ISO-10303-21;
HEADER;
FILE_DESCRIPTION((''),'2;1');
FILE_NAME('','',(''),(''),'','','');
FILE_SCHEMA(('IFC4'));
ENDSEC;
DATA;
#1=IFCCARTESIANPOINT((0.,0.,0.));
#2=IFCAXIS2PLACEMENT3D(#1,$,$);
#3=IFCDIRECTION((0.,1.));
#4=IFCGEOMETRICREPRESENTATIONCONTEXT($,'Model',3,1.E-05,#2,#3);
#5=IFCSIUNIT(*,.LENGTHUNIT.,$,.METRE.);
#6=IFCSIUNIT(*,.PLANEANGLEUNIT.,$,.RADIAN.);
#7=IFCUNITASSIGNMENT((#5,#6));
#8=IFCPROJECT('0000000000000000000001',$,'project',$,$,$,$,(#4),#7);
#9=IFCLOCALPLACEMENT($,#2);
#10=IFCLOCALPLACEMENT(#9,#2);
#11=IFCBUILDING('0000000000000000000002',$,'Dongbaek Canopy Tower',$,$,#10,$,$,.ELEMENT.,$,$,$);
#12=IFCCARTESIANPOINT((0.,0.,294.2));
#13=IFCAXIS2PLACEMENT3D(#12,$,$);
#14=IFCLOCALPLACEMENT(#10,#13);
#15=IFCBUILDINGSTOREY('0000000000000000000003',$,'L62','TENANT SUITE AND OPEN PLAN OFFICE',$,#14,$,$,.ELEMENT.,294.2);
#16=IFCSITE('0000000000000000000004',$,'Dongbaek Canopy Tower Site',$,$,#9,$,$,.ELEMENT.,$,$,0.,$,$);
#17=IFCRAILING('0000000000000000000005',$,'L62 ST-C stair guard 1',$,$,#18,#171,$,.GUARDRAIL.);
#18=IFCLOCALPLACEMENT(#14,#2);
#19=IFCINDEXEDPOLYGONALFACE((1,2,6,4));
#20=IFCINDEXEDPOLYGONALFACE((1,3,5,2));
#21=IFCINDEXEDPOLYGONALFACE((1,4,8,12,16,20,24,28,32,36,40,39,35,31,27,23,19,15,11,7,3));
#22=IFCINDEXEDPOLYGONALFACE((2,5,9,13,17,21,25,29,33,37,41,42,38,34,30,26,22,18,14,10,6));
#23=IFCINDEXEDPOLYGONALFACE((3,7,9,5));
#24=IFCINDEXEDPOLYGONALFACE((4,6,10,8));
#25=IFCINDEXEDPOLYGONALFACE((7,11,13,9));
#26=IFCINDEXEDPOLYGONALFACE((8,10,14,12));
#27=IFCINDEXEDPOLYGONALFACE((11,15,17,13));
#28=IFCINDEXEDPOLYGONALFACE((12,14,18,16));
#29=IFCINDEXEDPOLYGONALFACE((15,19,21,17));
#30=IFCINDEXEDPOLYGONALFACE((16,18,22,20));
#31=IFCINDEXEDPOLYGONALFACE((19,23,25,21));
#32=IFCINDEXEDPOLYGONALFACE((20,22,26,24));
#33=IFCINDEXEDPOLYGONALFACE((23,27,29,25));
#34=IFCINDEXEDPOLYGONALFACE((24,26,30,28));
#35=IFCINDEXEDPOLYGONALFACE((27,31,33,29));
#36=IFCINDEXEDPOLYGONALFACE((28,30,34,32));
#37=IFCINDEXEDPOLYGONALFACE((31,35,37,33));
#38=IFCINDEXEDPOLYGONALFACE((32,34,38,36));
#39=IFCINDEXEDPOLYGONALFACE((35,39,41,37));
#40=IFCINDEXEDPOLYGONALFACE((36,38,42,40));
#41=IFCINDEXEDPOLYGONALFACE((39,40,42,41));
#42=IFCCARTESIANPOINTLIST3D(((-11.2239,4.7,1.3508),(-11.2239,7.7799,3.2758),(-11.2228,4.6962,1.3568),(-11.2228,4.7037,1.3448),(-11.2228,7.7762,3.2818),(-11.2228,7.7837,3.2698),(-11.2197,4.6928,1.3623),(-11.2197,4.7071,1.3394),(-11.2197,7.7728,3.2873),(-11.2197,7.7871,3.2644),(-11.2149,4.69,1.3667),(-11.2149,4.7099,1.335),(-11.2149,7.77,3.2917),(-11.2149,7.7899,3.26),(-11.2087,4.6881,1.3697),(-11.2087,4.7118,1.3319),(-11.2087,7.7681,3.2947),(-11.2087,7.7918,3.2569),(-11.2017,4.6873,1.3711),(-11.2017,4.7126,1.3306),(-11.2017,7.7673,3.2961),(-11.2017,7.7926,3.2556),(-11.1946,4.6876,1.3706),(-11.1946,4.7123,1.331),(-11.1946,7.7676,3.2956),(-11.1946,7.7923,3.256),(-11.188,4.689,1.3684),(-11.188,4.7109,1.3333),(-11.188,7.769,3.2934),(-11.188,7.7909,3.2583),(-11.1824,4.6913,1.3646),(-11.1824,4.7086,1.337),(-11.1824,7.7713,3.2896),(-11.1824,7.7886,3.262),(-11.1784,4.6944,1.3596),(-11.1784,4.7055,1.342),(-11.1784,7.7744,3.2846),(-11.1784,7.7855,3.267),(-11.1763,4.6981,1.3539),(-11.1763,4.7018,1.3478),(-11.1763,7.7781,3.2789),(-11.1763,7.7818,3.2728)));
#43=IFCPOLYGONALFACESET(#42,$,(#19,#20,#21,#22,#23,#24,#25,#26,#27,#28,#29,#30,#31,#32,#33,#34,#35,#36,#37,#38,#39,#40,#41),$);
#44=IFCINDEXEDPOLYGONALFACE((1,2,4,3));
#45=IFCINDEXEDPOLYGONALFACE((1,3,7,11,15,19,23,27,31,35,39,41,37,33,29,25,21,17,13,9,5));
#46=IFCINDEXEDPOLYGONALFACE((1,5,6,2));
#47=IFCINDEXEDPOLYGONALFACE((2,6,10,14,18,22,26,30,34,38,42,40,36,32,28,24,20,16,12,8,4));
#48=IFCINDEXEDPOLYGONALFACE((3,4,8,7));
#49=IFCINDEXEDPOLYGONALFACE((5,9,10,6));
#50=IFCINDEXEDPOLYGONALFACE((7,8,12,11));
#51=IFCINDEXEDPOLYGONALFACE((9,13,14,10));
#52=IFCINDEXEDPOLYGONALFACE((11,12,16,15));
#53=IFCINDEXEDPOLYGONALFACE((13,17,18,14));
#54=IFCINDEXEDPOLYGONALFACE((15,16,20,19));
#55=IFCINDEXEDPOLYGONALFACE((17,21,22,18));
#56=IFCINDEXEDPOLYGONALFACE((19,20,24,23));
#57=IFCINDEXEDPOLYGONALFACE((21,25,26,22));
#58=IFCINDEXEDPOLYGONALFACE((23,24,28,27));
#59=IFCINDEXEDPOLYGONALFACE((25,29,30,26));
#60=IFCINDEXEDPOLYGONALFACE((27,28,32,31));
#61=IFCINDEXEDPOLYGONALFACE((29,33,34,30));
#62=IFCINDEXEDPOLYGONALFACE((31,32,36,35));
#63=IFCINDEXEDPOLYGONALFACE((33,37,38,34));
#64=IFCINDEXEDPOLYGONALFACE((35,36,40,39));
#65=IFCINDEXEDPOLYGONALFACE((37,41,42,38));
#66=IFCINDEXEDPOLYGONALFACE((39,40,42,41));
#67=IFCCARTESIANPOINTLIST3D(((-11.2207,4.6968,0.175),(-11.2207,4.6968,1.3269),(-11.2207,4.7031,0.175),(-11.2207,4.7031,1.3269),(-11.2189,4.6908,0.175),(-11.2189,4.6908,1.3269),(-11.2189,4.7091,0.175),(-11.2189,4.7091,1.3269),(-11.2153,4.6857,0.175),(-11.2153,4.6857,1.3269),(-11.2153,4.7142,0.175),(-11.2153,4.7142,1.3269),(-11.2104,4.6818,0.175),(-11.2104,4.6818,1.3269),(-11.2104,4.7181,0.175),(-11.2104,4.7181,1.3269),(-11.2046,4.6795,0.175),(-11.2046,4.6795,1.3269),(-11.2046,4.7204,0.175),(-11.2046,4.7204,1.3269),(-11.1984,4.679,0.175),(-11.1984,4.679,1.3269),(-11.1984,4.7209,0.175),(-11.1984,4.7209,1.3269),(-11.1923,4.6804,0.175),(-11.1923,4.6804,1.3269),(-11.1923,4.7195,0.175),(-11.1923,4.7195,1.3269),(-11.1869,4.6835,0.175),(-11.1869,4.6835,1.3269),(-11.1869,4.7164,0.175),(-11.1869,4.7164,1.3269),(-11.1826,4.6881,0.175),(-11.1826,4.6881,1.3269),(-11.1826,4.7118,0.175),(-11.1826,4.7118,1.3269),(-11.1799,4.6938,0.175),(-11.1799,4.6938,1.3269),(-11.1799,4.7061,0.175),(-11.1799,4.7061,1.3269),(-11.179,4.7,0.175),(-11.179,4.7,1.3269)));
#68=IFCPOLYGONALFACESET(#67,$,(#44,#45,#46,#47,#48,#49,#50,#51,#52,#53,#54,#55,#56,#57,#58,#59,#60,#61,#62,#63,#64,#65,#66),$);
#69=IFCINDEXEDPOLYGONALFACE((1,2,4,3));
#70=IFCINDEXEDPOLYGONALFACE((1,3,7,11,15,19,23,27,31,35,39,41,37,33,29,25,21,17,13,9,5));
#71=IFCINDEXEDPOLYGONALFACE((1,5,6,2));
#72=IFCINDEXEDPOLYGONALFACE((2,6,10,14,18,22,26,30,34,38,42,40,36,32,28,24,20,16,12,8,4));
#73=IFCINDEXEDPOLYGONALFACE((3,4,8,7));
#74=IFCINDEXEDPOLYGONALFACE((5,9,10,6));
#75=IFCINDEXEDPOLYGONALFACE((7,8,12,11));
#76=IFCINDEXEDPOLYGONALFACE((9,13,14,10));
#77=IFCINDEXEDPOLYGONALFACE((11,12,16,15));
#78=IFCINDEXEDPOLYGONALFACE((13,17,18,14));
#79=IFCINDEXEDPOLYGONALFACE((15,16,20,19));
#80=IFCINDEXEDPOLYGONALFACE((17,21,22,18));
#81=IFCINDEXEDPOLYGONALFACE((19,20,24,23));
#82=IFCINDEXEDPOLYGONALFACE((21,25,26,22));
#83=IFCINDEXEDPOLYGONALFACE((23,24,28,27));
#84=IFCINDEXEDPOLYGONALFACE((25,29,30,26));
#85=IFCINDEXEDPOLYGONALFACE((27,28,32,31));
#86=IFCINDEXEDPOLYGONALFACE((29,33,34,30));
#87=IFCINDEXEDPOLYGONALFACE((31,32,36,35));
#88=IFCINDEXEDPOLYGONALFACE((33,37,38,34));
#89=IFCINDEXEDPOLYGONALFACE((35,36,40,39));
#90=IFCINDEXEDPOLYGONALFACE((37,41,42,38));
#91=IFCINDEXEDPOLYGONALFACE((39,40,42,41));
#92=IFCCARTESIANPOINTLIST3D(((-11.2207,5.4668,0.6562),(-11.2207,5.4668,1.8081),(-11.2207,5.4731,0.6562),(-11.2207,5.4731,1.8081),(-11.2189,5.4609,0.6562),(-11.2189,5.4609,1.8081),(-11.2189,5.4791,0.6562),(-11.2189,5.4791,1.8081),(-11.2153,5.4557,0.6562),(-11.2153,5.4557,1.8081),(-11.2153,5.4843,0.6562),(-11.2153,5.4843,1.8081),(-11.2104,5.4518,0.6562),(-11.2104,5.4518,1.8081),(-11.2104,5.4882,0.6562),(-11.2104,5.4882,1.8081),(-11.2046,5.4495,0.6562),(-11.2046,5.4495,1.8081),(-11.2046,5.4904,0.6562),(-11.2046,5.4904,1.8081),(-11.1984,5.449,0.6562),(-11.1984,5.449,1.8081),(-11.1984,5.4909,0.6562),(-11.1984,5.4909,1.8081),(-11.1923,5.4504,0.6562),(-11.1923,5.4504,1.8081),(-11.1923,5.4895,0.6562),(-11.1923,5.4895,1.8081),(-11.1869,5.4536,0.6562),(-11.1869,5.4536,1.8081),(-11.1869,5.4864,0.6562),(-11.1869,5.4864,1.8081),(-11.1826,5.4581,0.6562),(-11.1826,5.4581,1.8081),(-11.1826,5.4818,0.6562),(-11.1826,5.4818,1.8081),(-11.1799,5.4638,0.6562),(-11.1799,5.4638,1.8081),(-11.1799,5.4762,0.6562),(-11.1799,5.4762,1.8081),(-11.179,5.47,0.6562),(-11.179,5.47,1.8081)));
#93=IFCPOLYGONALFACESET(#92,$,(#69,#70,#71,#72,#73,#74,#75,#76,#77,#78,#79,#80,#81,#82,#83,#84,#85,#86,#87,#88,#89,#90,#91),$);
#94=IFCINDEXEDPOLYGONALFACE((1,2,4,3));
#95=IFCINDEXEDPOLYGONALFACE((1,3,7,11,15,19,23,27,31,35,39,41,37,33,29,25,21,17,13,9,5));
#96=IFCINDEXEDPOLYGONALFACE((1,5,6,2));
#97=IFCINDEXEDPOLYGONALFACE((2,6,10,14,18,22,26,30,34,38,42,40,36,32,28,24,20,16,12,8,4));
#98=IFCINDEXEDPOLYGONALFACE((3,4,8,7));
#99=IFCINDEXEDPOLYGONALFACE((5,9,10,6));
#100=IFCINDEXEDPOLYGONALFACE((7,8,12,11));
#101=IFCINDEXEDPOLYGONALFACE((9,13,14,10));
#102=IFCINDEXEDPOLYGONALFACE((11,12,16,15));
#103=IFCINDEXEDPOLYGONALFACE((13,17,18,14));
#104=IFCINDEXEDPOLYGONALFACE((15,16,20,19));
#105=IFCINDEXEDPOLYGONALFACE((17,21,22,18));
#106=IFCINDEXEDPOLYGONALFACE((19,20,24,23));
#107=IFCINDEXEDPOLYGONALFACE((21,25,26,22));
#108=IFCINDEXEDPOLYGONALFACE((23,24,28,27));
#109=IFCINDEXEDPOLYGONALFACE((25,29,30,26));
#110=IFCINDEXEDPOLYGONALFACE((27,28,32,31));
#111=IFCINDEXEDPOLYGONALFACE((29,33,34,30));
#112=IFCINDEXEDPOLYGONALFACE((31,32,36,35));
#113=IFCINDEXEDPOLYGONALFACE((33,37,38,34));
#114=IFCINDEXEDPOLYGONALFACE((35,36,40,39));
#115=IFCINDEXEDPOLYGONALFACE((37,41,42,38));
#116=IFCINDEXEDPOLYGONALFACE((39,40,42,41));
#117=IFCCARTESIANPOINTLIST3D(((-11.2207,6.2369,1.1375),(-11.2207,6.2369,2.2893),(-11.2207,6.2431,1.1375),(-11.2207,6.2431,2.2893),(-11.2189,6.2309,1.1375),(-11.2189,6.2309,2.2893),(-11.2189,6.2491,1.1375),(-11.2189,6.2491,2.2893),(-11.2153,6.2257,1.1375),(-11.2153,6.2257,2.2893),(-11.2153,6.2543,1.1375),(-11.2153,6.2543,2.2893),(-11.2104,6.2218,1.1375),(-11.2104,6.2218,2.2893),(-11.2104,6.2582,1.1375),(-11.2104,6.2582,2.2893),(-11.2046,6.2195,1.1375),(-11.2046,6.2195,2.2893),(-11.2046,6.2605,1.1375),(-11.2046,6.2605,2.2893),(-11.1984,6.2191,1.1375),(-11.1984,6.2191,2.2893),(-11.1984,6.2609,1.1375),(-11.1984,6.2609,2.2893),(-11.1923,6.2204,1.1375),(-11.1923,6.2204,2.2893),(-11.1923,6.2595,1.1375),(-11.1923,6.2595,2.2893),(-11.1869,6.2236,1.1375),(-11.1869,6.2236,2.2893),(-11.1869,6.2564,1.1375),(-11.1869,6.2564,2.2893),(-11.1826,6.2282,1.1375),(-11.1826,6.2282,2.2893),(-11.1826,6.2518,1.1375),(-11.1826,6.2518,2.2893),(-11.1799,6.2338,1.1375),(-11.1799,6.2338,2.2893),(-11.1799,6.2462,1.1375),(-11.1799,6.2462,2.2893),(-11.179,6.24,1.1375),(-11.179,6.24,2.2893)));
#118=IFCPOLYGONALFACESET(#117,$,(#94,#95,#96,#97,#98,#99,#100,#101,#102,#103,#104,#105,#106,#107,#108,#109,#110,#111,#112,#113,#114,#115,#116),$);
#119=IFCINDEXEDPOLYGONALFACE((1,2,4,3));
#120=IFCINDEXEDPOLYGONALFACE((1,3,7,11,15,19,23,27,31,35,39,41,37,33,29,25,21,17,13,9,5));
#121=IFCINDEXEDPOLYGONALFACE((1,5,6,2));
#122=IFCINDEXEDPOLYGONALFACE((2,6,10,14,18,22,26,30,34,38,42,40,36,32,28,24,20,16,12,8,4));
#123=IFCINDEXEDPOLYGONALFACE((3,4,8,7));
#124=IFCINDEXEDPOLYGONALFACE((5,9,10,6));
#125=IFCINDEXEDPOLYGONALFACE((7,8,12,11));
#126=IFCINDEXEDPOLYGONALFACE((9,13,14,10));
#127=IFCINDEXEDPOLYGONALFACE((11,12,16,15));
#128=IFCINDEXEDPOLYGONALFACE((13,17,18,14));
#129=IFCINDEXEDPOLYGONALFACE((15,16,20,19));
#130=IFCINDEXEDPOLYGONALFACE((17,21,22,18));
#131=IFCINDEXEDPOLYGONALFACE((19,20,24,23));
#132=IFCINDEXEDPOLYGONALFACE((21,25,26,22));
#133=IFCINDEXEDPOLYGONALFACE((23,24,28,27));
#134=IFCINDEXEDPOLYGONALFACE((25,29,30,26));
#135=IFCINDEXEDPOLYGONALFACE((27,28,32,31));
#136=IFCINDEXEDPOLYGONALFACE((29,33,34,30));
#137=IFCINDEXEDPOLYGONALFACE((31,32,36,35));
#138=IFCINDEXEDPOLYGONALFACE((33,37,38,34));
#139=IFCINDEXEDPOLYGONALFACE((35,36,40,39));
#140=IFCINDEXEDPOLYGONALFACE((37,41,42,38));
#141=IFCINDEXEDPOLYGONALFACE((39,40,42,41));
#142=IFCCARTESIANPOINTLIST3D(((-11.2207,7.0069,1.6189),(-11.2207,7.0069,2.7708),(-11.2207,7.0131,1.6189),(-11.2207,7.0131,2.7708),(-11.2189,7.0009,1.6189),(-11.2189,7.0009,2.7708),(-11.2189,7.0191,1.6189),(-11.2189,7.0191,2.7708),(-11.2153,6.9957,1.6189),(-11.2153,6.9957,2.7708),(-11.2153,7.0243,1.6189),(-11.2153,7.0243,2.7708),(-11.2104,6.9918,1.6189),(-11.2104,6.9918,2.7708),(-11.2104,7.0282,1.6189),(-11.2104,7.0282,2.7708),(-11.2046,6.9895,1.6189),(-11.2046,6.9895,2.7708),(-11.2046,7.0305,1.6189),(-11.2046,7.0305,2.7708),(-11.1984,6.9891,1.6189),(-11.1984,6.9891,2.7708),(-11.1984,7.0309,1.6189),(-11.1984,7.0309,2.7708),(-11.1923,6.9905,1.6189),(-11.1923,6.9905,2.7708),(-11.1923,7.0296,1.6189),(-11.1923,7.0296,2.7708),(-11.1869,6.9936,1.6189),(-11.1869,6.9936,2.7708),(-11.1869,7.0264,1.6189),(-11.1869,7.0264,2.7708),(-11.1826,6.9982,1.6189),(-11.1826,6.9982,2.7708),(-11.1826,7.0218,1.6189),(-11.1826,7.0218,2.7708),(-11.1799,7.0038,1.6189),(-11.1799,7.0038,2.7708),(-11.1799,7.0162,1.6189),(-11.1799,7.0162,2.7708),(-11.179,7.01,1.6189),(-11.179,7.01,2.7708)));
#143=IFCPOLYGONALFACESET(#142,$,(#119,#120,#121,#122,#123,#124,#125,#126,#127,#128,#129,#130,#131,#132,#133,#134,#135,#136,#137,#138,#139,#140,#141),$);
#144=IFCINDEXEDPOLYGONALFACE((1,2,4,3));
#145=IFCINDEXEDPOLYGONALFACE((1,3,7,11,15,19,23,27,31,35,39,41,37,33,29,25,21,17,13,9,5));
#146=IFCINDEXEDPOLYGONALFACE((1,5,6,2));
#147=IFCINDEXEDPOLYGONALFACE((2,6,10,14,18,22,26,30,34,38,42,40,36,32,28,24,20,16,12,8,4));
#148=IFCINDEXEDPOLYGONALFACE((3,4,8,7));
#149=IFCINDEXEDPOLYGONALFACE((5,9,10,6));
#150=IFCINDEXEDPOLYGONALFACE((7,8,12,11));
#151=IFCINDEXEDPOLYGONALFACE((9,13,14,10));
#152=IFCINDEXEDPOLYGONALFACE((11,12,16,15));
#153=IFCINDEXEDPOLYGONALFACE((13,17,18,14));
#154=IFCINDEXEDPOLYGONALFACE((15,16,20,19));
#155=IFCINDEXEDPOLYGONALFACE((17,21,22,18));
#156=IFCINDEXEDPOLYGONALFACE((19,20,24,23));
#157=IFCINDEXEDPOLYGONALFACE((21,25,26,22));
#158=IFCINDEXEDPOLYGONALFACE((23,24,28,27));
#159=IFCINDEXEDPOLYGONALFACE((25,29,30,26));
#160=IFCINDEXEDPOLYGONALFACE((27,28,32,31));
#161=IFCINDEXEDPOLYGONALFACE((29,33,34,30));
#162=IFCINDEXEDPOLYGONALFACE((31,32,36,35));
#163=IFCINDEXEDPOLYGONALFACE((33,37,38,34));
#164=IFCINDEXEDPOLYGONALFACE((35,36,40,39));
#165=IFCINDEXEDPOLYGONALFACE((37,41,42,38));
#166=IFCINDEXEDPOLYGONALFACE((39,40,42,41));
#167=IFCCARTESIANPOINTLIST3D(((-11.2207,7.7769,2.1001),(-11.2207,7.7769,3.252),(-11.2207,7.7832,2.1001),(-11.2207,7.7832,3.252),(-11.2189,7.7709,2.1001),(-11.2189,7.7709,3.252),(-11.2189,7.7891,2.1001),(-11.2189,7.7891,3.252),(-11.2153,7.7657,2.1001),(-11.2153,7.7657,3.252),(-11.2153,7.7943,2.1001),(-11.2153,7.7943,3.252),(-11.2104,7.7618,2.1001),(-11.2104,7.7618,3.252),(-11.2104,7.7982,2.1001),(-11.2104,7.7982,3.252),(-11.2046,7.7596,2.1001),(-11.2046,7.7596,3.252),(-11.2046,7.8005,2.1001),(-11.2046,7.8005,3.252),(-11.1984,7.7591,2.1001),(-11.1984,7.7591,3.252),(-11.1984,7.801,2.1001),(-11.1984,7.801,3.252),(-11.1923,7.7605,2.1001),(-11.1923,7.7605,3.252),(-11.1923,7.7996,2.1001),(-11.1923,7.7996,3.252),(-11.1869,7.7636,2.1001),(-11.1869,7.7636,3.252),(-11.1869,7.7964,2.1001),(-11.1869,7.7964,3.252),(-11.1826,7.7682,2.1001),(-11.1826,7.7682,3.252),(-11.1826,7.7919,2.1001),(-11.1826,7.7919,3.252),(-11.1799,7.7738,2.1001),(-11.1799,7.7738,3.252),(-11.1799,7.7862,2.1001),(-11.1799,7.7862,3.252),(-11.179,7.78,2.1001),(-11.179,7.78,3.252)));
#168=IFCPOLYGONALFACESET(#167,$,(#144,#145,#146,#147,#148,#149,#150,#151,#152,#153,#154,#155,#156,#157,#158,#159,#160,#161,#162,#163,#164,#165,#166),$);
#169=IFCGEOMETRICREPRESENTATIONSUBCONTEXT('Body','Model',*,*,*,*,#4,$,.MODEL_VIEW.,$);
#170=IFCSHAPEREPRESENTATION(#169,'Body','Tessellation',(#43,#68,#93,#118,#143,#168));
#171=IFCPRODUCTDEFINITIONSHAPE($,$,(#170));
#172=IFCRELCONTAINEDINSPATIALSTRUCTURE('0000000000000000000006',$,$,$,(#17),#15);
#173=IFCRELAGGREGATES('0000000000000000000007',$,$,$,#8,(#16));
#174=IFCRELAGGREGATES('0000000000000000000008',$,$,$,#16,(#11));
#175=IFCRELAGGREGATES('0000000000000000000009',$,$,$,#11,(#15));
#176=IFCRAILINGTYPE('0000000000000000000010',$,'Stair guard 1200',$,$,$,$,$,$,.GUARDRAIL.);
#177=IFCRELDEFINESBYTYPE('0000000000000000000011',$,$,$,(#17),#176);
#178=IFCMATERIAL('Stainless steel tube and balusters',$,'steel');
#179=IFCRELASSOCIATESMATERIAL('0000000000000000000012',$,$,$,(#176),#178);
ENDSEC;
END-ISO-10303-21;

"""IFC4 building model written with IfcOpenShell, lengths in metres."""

from ifc_helpers import new_model, si_unit, direction, frame, origin, origin_2d, place, context, subcontext, project, spatial, circle, extrude, material, type_object, element, save


model = new_model("IFC4")

# Units and contexts
model_context = context("Model", 3, precision=1e-05, world=origin(), true_north=direction((0.0, 1.0)))
body_context = subcontext(model_context, "Body", "Model", "MODEL_VIEW")
ifc_project = project(units=[si_unit("LENGTHUNIT", "METRE"), si_unit("PLANEANGLEUNIT", "RADIAN")], contexts=[model_context])

# Site, building, storey
site_placement = place(None, origin())
site = spatial("IfcSite", under=ifc_project, at=site_placement, Name="Dongbaek Canopy Tower Site", CompositionType="ELEMENT", RefElevation=0.0)
building_placement = place(site_placement, origin())
building = spatial("IfcBuilding", under=site, at=building_placement, Name="Dongbaek Canopy Tower", CompositionType="ELEMENT")
storey_placement = place(building_placement, frame((0.0, 0.0, 294.2)))
storey = spatial("IfcBuildingStorey", under=building, at=storey_placement, Name="L62", Description="TENANT SUITE AND OPEN PLAN OFFICE", CompositionType="ELEMENT", Elevation=294.2)

# Railing
ifc_material_1 = material(Name="Stainless steel tube and balusters", Category="steel")
railing_type_1 = type_object("IfcRailingType", Name="Stair guard 1200", PredefinedType="GUARDRAIL", material=ifc_material_1)
railing_1_placement = place(storey_placement, frame((-11.2, 4.7, 0.175)))
element("IfcRailing", 1, at=railing_1_placement, inside=storey, type_object=railing_type_1, Name="L62 ST-C stair guard 1", PredefinedType="GUARDRAIL", context=body_context, shape_type="SweptSolid", body=[
    extrude(circle(Radius=0.0239, at=origin_2d()), frame((0.0, 0.0, 1.1758), z_axis=(0.0, 0.847998, 0.529999), x_axis=(-1.0, 0.0, 0.0)), (0.0, 0.0, 1.0), 3.6321),
    extrude(circle(Radius=0.021, at=origin_2d()), origin(), (0.0, 0.0, 1.0), 1.1519),
    extrude(circle(Radius=0.021, at=origin_2d()), frame((0.0, 0.77, 0.4812)), (0.0, 0.0, 1.0), 1.1519),
    extrude(circle(Radius=0.021, at=origin_2d()), frame((0.0, 1.54, 0.9624)), (0.0, 0.0, 1.0), 1.1519),
    extrude(circle(Radius=0.021, at=origin_2d()), frame((0.0, 2.3101, 1.4438)), (0.0, 0.0, 1.0), 1.1519),
    extrude(circle(Radius=0.021, at=origin_2d()), frame((0.0, 3.0801, 1.925)), (0.0, 0.0, 1.0), 1.1519),
])

save(model, "model.ifc")
